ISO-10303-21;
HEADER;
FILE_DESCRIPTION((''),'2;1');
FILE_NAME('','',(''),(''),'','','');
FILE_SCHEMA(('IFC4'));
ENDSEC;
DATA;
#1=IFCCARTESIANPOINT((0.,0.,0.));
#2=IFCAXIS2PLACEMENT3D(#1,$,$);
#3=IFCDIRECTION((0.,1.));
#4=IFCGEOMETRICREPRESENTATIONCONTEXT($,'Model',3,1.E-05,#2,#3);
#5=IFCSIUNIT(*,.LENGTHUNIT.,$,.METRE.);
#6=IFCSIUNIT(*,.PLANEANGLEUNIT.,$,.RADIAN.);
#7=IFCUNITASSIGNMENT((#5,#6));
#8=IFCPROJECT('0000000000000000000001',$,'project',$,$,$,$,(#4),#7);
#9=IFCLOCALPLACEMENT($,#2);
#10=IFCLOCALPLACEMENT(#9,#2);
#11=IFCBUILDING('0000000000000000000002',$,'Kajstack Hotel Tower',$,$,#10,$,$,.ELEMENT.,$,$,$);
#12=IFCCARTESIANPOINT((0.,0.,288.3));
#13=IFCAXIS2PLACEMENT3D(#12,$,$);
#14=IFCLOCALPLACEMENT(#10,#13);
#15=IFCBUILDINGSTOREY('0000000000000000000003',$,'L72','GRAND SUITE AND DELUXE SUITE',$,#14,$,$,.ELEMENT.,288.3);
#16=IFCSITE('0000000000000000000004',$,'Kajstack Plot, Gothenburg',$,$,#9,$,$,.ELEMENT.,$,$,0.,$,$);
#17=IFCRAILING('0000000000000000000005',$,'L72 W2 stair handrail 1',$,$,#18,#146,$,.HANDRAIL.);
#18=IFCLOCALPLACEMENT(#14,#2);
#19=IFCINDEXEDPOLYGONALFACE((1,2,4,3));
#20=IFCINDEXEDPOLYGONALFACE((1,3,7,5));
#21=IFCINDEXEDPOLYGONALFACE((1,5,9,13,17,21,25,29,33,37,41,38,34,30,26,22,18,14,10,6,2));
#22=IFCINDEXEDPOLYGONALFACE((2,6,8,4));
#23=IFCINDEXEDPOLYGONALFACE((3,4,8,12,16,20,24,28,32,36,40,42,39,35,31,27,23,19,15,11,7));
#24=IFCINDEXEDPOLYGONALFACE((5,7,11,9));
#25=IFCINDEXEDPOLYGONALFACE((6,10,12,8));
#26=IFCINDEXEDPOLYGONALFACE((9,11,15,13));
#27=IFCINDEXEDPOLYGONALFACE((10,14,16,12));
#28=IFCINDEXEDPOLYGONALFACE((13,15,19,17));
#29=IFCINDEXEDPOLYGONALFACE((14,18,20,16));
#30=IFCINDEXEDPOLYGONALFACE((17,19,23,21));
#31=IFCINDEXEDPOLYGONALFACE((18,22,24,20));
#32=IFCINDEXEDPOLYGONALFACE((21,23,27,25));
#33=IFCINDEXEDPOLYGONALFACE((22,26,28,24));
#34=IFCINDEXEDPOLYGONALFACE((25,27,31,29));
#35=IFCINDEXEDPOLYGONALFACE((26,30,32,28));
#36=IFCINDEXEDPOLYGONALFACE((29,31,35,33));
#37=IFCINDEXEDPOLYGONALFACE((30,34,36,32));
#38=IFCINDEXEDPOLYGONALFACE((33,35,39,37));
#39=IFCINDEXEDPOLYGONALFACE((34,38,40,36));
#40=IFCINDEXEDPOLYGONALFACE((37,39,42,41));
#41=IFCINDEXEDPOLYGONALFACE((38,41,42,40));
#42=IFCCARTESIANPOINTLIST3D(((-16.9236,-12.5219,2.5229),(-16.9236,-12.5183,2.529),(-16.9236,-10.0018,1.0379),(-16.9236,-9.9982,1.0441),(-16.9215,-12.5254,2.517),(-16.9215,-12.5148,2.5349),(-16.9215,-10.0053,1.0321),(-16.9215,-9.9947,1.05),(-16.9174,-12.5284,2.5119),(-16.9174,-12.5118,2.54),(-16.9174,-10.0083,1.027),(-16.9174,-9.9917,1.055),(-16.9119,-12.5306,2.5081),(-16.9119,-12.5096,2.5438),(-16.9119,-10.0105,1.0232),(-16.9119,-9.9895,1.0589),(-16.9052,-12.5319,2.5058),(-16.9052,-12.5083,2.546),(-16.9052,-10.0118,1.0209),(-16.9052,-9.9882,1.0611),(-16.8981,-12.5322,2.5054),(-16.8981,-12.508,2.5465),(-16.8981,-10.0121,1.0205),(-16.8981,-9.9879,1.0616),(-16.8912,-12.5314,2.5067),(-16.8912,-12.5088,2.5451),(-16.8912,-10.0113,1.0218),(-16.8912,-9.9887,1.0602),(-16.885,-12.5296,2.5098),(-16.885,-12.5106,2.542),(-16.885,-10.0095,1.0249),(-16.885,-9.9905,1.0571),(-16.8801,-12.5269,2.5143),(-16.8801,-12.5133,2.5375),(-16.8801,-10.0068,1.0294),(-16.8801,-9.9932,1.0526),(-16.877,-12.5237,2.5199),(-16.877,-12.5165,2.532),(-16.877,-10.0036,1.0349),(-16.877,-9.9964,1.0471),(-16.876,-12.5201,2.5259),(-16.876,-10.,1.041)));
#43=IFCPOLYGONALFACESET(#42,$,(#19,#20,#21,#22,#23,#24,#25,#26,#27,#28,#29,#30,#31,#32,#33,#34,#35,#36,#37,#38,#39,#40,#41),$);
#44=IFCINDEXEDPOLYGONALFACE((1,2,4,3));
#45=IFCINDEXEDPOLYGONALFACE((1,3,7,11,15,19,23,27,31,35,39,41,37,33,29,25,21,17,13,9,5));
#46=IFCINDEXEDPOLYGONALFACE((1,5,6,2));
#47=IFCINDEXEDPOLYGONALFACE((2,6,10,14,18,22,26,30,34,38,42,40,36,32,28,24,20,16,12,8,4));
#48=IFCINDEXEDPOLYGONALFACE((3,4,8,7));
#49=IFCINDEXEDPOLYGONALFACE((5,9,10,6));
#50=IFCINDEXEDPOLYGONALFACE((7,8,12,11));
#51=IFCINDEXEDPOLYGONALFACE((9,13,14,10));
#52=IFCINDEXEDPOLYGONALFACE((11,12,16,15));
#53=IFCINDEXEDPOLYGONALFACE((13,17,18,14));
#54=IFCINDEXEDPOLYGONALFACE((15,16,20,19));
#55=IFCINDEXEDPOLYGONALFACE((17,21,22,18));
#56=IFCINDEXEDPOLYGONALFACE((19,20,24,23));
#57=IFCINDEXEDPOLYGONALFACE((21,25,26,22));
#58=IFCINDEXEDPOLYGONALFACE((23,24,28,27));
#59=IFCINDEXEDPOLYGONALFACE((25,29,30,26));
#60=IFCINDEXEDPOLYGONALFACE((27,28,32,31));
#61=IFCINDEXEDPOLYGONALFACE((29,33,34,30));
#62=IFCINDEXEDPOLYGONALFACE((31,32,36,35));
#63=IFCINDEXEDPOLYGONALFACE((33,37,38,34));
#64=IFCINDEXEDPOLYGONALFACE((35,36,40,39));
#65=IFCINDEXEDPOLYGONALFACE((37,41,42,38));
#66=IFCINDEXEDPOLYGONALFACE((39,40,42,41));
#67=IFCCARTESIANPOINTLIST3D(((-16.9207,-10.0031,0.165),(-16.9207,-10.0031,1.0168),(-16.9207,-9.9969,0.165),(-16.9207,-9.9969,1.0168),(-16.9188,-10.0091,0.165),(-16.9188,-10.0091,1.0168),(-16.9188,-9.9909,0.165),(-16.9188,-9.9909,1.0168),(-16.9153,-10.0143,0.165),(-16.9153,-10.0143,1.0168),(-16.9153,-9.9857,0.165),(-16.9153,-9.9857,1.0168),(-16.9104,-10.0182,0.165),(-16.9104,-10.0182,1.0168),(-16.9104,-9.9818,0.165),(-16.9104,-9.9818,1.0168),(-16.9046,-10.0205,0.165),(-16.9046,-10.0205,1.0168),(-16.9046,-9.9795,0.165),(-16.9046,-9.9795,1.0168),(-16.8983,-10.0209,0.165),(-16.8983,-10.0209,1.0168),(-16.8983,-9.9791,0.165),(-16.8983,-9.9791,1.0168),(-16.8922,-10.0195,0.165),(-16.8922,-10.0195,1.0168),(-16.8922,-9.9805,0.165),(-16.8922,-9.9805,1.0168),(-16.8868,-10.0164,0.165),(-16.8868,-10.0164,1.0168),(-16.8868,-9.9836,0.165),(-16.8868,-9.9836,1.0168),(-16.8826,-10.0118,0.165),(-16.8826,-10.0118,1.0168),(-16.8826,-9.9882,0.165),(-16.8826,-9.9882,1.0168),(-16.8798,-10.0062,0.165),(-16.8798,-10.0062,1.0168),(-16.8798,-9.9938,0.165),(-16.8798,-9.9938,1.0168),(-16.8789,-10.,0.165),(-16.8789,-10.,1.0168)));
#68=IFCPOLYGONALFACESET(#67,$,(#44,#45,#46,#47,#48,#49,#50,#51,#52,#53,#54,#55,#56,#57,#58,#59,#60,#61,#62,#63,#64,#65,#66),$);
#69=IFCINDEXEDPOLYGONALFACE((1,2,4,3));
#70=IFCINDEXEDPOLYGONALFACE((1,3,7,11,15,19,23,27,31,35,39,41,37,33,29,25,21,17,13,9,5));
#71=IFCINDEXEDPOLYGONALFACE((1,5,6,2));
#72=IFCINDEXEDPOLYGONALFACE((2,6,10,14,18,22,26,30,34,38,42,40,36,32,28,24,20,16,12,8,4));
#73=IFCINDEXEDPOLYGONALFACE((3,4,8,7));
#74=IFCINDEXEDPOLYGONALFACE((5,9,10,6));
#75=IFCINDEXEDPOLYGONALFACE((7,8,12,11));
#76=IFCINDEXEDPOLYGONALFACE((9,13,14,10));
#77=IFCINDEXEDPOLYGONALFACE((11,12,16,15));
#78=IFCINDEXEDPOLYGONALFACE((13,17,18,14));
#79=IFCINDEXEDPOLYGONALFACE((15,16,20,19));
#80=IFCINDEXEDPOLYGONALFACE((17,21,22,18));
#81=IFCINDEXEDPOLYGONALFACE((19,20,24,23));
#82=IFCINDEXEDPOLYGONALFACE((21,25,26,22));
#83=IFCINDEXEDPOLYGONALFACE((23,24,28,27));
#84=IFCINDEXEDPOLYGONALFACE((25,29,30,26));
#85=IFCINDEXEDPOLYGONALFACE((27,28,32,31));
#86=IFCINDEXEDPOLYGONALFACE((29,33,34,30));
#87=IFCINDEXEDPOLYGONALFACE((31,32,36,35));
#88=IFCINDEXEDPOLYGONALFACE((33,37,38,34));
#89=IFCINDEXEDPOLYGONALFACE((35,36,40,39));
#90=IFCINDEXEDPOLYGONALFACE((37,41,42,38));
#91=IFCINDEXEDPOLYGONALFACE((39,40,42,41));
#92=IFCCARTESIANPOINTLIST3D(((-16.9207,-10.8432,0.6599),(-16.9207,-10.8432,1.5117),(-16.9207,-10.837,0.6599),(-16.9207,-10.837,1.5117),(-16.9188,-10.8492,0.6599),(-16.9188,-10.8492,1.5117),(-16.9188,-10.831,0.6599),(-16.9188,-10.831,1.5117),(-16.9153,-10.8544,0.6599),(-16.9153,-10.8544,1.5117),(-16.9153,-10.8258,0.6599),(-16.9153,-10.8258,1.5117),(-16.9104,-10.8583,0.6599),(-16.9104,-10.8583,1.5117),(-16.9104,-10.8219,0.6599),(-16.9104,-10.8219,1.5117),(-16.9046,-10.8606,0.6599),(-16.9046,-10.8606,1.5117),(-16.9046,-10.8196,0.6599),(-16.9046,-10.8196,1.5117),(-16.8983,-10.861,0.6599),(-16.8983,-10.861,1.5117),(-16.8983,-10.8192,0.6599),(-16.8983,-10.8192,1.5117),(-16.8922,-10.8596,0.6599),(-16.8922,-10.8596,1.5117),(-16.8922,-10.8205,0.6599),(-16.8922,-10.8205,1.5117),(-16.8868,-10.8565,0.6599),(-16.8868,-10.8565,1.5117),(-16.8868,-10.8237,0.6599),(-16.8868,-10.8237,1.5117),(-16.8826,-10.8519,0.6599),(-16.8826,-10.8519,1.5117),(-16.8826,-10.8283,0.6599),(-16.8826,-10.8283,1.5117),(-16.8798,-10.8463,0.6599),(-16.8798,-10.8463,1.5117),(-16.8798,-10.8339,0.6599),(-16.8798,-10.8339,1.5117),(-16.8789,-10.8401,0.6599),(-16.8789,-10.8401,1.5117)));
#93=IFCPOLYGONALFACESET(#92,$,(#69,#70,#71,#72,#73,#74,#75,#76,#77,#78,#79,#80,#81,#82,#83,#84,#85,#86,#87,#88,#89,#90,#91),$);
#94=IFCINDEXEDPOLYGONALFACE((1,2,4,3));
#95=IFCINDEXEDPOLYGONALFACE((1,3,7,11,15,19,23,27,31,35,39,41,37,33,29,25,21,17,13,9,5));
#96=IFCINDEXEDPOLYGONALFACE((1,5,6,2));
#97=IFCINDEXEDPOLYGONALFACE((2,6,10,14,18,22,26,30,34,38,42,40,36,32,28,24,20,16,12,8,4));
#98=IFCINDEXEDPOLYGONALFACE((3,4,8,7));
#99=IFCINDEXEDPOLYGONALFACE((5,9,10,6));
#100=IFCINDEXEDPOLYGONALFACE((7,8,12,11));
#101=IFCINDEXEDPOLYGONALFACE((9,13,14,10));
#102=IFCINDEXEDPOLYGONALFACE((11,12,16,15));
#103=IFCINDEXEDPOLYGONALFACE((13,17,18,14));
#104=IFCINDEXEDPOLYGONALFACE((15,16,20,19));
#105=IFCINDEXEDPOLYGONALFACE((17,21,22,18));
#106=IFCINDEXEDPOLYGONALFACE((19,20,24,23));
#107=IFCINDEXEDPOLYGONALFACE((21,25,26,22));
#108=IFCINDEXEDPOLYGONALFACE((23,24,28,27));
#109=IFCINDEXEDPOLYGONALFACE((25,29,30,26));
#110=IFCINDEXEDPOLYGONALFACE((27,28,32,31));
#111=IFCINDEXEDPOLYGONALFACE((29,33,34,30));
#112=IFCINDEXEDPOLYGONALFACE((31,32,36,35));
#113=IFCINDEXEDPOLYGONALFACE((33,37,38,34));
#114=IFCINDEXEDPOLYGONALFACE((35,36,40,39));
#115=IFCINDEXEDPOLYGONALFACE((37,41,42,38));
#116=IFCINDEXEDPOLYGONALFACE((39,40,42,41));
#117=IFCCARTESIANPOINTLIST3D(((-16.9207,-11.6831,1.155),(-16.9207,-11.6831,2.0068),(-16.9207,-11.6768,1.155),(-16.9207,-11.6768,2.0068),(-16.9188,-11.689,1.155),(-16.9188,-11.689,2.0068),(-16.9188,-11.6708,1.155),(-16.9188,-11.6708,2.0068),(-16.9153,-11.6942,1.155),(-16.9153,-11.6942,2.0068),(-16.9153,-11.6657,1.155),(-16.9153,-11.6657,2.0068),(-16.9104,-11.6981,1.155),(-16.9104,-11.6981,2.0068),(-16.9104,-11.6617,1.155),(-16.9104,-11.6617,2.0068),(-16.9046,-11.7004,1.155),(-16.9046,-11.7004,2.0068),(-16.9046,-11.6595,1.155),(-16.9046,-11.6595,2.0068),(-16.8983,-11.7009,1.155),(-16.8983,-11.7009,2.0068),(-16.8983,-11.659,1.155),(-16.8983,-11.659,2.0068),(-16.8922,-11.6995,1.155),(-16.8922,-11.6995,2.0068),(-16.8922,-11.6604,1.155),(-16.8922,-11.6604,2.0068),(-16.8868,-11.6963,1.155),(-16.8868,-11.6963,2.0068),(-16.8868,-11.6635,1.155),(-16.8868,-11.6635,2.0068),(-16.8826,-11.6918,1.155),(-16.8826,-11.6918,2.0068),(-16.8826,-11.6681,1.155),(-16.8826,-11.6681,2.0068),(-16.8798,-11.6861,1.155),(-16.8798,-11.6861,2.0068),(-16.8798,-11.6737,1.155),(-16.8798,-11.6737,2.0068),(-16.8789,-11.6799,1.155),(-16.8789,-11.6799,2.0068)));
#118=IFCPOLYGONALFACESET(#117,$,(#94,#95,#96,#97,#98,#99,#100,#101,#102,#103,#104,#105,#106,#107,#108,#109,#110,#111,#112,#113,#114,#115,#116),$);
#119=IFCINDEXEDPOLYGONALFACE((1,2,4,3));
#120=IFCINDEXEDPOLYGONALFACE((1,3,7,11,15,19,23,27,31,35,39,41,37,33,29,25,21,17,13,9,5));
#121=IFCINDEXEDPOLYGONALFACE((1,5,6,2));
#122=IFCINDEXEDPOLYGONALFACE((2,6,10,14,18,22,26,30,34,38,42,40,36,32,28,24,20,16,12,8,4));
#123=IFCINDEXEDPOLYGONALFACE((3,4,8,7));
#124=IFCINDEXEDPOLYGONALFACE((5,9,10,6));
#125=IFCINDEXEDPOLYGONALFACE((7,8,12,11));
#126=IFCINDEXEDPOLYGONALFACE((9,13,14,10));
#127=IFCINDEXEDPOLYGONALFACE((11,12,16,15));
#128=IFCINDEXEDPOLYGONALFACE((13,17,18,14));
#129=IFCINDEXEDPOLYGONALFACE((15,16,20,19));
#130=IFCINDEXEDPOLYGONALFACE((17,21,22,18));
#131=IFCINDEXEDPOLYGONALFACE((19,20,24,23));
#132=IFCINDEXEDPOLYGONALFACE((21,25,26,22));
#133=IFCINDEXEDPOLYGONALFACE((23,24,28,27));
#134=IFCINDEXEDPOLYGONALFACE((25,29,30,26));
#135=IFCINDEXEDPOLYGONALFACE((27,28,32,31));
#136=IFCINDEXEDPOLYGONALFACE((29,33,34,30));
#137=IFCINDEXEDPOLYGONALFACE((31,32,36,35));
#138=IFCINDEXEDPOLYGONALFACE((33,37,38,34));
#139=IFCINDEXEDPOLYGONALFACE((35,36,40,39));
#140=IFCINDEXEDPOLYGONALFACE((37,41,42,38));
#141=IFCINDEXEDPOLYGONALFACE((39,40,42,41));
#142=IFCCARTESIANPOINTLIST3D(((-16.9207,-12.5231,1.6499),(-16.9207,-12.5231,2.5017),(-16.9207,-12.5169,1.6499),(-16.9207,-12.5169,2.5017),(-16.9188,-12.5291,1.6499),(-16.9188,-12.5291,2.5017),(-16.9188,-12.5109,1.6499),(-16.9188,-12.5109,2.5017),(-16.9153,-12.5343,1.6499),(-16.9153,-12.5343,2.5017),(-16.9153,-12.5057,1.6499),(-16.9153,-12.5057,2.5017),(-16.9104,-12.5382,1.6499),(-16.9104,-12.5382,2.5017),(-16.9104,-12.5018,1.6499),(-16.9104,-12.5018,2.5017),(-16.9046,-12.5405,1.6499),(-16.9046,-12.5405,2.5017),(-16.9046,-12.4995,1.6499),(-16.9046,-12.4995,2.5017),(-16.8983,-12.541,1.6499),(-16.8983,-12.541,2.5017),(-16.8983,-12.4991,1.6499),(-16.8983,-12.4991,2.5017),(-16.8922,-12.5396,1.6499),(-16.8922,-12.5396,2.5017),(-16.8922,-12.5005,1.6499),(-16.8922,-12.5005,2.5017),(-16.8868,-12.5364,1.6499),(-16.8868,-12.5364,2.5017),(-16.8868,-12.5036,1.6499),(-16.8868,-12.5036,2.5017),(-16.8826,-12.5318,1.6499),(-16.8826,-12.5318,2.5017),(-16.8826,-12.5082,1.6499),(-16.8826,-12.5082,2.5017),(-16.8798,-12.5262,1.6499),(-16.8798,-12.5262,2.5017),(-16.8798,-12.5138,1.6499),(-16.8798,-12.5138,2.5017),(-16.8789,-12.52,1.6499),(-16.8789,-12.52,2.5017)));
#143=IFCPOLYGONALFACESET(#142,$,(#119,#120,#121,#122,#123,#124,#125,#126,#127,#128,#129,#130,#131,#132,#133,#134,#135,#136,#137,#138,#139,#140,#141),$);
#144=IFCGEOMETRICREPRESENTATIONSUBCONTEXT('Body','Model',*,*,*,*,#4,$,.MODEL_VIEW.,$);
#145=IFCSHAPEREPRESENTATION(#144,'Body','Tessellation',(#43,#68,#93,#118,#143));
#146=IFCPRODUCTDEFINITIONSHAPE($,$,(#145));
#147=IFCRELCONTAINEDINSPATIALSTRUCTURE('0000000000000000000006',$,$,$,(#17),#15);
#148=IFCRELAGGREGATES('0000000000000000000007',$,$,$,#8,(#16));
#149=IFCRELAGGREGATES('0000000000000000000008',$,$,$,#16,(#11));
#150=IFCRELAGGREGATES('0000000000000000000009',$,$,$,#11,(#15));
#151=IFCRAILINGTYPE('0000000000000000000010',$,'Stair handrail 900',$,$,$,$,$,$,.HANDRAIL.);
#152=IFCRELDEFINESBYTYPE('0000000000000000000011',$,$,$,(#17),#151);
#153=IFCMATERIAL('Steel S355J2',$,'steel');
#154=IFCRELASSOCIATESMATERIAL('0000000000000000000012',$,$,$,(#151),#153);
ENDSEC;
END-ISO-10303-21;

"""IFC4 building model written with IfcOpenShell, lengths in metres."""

from ifc_helpers import new_model, si_unit, direction, frame, origin, origin_2d, place, context, subcontext, project, spatial, circle, extrude, material, type_object, element, save


model = new_model("IFC4")

# Units and contexts
model_context = context("Model", 3, precision=1e-05, world=origin(), true_north=direction((0.0, 1.0)))
body_context = subcontext(model_context, "Body", "Model", "MODEL_VIEW")
ifc_project = project(units=[si_unit("LENGTHUNIT", "METRE"), si_unit("PLANEANGLEUNIT", "RADIAN")], contexts=[model_context])

# Site, building, storey
site_placement = place(None, origin())
site = spatial("IfcSite", under=ifc_project, at=site_placement, Name="Kajstack Plot, Gothenburg", CompositionType="ELEMENT", RefElevation=0.0)
building_placement = place(site_placement, origin())
building = spatial("IfcBuilding", under=site, at=building_placement, Name="Kajstack Hotel Tower", CompositionType="ELEMENT")
storey_placement = place(building_placement, frame((0.0, 0.0, 288.3)))
storey = spatial("IfcBuildingStorey", under=building, at=storey_placement, Name="L72", Description="GRAND SUITE AND DELUXE SUITE", CompositionType="ELEMENT", Elevation=288.3)

# Railing
ifc_material_1 = material(Name="Steel S355J2", Category="steel")
railing_type_1 = type_object("IfcRailingType", Name="Stair handrail 900", PredefinedType="HANDRAIL", material=ifc_material_1)
railing_1_placement = place(storey_placement, frame((-16.8999, -10.0, 0.165)))
element("IfcRailing", 1, at=railing_1_placement, inside=storey, type_object=railing_type_1, Name="L72 W2 stair handrail 1", PredefinedType="HANDRAIL", context=body_context, shape_type="SweptSolid", body=[
    extrude(circle(Radius=0.0239, at=origin_2d()), frame((0.0, 0.0, 0.876), z_axis=(0.0, -0.861561, 0.507655), x_axis=(1.0, 0.0, 0.0)), (0.0, 0.0, 1.0), 2.925),
    extrude(circle(Radius=0.021, at=origin_2d()), origin(), (0.0, 0.0, 1.0), 0.8518),
    extrude(circle(Radius=0.021, at=origin_2d()), frame((0.0, -0.8401, 0.4949)), (0.0, 0.0, 1.0), 0.8518),
    extrude(circle(Radius=0.021, at=origin_2d()), frame((0.0, -1.6799, 0.99)), (0.0, 0.0, 1.0), 0.8518),
    extrude(circle(Radius=0.021, at=origin_2d()), frame((0.0, -2.52, 1.4849)), (0.0, 0.0, 1.0), 0.8518),
])

save(model, "model.ifc")
